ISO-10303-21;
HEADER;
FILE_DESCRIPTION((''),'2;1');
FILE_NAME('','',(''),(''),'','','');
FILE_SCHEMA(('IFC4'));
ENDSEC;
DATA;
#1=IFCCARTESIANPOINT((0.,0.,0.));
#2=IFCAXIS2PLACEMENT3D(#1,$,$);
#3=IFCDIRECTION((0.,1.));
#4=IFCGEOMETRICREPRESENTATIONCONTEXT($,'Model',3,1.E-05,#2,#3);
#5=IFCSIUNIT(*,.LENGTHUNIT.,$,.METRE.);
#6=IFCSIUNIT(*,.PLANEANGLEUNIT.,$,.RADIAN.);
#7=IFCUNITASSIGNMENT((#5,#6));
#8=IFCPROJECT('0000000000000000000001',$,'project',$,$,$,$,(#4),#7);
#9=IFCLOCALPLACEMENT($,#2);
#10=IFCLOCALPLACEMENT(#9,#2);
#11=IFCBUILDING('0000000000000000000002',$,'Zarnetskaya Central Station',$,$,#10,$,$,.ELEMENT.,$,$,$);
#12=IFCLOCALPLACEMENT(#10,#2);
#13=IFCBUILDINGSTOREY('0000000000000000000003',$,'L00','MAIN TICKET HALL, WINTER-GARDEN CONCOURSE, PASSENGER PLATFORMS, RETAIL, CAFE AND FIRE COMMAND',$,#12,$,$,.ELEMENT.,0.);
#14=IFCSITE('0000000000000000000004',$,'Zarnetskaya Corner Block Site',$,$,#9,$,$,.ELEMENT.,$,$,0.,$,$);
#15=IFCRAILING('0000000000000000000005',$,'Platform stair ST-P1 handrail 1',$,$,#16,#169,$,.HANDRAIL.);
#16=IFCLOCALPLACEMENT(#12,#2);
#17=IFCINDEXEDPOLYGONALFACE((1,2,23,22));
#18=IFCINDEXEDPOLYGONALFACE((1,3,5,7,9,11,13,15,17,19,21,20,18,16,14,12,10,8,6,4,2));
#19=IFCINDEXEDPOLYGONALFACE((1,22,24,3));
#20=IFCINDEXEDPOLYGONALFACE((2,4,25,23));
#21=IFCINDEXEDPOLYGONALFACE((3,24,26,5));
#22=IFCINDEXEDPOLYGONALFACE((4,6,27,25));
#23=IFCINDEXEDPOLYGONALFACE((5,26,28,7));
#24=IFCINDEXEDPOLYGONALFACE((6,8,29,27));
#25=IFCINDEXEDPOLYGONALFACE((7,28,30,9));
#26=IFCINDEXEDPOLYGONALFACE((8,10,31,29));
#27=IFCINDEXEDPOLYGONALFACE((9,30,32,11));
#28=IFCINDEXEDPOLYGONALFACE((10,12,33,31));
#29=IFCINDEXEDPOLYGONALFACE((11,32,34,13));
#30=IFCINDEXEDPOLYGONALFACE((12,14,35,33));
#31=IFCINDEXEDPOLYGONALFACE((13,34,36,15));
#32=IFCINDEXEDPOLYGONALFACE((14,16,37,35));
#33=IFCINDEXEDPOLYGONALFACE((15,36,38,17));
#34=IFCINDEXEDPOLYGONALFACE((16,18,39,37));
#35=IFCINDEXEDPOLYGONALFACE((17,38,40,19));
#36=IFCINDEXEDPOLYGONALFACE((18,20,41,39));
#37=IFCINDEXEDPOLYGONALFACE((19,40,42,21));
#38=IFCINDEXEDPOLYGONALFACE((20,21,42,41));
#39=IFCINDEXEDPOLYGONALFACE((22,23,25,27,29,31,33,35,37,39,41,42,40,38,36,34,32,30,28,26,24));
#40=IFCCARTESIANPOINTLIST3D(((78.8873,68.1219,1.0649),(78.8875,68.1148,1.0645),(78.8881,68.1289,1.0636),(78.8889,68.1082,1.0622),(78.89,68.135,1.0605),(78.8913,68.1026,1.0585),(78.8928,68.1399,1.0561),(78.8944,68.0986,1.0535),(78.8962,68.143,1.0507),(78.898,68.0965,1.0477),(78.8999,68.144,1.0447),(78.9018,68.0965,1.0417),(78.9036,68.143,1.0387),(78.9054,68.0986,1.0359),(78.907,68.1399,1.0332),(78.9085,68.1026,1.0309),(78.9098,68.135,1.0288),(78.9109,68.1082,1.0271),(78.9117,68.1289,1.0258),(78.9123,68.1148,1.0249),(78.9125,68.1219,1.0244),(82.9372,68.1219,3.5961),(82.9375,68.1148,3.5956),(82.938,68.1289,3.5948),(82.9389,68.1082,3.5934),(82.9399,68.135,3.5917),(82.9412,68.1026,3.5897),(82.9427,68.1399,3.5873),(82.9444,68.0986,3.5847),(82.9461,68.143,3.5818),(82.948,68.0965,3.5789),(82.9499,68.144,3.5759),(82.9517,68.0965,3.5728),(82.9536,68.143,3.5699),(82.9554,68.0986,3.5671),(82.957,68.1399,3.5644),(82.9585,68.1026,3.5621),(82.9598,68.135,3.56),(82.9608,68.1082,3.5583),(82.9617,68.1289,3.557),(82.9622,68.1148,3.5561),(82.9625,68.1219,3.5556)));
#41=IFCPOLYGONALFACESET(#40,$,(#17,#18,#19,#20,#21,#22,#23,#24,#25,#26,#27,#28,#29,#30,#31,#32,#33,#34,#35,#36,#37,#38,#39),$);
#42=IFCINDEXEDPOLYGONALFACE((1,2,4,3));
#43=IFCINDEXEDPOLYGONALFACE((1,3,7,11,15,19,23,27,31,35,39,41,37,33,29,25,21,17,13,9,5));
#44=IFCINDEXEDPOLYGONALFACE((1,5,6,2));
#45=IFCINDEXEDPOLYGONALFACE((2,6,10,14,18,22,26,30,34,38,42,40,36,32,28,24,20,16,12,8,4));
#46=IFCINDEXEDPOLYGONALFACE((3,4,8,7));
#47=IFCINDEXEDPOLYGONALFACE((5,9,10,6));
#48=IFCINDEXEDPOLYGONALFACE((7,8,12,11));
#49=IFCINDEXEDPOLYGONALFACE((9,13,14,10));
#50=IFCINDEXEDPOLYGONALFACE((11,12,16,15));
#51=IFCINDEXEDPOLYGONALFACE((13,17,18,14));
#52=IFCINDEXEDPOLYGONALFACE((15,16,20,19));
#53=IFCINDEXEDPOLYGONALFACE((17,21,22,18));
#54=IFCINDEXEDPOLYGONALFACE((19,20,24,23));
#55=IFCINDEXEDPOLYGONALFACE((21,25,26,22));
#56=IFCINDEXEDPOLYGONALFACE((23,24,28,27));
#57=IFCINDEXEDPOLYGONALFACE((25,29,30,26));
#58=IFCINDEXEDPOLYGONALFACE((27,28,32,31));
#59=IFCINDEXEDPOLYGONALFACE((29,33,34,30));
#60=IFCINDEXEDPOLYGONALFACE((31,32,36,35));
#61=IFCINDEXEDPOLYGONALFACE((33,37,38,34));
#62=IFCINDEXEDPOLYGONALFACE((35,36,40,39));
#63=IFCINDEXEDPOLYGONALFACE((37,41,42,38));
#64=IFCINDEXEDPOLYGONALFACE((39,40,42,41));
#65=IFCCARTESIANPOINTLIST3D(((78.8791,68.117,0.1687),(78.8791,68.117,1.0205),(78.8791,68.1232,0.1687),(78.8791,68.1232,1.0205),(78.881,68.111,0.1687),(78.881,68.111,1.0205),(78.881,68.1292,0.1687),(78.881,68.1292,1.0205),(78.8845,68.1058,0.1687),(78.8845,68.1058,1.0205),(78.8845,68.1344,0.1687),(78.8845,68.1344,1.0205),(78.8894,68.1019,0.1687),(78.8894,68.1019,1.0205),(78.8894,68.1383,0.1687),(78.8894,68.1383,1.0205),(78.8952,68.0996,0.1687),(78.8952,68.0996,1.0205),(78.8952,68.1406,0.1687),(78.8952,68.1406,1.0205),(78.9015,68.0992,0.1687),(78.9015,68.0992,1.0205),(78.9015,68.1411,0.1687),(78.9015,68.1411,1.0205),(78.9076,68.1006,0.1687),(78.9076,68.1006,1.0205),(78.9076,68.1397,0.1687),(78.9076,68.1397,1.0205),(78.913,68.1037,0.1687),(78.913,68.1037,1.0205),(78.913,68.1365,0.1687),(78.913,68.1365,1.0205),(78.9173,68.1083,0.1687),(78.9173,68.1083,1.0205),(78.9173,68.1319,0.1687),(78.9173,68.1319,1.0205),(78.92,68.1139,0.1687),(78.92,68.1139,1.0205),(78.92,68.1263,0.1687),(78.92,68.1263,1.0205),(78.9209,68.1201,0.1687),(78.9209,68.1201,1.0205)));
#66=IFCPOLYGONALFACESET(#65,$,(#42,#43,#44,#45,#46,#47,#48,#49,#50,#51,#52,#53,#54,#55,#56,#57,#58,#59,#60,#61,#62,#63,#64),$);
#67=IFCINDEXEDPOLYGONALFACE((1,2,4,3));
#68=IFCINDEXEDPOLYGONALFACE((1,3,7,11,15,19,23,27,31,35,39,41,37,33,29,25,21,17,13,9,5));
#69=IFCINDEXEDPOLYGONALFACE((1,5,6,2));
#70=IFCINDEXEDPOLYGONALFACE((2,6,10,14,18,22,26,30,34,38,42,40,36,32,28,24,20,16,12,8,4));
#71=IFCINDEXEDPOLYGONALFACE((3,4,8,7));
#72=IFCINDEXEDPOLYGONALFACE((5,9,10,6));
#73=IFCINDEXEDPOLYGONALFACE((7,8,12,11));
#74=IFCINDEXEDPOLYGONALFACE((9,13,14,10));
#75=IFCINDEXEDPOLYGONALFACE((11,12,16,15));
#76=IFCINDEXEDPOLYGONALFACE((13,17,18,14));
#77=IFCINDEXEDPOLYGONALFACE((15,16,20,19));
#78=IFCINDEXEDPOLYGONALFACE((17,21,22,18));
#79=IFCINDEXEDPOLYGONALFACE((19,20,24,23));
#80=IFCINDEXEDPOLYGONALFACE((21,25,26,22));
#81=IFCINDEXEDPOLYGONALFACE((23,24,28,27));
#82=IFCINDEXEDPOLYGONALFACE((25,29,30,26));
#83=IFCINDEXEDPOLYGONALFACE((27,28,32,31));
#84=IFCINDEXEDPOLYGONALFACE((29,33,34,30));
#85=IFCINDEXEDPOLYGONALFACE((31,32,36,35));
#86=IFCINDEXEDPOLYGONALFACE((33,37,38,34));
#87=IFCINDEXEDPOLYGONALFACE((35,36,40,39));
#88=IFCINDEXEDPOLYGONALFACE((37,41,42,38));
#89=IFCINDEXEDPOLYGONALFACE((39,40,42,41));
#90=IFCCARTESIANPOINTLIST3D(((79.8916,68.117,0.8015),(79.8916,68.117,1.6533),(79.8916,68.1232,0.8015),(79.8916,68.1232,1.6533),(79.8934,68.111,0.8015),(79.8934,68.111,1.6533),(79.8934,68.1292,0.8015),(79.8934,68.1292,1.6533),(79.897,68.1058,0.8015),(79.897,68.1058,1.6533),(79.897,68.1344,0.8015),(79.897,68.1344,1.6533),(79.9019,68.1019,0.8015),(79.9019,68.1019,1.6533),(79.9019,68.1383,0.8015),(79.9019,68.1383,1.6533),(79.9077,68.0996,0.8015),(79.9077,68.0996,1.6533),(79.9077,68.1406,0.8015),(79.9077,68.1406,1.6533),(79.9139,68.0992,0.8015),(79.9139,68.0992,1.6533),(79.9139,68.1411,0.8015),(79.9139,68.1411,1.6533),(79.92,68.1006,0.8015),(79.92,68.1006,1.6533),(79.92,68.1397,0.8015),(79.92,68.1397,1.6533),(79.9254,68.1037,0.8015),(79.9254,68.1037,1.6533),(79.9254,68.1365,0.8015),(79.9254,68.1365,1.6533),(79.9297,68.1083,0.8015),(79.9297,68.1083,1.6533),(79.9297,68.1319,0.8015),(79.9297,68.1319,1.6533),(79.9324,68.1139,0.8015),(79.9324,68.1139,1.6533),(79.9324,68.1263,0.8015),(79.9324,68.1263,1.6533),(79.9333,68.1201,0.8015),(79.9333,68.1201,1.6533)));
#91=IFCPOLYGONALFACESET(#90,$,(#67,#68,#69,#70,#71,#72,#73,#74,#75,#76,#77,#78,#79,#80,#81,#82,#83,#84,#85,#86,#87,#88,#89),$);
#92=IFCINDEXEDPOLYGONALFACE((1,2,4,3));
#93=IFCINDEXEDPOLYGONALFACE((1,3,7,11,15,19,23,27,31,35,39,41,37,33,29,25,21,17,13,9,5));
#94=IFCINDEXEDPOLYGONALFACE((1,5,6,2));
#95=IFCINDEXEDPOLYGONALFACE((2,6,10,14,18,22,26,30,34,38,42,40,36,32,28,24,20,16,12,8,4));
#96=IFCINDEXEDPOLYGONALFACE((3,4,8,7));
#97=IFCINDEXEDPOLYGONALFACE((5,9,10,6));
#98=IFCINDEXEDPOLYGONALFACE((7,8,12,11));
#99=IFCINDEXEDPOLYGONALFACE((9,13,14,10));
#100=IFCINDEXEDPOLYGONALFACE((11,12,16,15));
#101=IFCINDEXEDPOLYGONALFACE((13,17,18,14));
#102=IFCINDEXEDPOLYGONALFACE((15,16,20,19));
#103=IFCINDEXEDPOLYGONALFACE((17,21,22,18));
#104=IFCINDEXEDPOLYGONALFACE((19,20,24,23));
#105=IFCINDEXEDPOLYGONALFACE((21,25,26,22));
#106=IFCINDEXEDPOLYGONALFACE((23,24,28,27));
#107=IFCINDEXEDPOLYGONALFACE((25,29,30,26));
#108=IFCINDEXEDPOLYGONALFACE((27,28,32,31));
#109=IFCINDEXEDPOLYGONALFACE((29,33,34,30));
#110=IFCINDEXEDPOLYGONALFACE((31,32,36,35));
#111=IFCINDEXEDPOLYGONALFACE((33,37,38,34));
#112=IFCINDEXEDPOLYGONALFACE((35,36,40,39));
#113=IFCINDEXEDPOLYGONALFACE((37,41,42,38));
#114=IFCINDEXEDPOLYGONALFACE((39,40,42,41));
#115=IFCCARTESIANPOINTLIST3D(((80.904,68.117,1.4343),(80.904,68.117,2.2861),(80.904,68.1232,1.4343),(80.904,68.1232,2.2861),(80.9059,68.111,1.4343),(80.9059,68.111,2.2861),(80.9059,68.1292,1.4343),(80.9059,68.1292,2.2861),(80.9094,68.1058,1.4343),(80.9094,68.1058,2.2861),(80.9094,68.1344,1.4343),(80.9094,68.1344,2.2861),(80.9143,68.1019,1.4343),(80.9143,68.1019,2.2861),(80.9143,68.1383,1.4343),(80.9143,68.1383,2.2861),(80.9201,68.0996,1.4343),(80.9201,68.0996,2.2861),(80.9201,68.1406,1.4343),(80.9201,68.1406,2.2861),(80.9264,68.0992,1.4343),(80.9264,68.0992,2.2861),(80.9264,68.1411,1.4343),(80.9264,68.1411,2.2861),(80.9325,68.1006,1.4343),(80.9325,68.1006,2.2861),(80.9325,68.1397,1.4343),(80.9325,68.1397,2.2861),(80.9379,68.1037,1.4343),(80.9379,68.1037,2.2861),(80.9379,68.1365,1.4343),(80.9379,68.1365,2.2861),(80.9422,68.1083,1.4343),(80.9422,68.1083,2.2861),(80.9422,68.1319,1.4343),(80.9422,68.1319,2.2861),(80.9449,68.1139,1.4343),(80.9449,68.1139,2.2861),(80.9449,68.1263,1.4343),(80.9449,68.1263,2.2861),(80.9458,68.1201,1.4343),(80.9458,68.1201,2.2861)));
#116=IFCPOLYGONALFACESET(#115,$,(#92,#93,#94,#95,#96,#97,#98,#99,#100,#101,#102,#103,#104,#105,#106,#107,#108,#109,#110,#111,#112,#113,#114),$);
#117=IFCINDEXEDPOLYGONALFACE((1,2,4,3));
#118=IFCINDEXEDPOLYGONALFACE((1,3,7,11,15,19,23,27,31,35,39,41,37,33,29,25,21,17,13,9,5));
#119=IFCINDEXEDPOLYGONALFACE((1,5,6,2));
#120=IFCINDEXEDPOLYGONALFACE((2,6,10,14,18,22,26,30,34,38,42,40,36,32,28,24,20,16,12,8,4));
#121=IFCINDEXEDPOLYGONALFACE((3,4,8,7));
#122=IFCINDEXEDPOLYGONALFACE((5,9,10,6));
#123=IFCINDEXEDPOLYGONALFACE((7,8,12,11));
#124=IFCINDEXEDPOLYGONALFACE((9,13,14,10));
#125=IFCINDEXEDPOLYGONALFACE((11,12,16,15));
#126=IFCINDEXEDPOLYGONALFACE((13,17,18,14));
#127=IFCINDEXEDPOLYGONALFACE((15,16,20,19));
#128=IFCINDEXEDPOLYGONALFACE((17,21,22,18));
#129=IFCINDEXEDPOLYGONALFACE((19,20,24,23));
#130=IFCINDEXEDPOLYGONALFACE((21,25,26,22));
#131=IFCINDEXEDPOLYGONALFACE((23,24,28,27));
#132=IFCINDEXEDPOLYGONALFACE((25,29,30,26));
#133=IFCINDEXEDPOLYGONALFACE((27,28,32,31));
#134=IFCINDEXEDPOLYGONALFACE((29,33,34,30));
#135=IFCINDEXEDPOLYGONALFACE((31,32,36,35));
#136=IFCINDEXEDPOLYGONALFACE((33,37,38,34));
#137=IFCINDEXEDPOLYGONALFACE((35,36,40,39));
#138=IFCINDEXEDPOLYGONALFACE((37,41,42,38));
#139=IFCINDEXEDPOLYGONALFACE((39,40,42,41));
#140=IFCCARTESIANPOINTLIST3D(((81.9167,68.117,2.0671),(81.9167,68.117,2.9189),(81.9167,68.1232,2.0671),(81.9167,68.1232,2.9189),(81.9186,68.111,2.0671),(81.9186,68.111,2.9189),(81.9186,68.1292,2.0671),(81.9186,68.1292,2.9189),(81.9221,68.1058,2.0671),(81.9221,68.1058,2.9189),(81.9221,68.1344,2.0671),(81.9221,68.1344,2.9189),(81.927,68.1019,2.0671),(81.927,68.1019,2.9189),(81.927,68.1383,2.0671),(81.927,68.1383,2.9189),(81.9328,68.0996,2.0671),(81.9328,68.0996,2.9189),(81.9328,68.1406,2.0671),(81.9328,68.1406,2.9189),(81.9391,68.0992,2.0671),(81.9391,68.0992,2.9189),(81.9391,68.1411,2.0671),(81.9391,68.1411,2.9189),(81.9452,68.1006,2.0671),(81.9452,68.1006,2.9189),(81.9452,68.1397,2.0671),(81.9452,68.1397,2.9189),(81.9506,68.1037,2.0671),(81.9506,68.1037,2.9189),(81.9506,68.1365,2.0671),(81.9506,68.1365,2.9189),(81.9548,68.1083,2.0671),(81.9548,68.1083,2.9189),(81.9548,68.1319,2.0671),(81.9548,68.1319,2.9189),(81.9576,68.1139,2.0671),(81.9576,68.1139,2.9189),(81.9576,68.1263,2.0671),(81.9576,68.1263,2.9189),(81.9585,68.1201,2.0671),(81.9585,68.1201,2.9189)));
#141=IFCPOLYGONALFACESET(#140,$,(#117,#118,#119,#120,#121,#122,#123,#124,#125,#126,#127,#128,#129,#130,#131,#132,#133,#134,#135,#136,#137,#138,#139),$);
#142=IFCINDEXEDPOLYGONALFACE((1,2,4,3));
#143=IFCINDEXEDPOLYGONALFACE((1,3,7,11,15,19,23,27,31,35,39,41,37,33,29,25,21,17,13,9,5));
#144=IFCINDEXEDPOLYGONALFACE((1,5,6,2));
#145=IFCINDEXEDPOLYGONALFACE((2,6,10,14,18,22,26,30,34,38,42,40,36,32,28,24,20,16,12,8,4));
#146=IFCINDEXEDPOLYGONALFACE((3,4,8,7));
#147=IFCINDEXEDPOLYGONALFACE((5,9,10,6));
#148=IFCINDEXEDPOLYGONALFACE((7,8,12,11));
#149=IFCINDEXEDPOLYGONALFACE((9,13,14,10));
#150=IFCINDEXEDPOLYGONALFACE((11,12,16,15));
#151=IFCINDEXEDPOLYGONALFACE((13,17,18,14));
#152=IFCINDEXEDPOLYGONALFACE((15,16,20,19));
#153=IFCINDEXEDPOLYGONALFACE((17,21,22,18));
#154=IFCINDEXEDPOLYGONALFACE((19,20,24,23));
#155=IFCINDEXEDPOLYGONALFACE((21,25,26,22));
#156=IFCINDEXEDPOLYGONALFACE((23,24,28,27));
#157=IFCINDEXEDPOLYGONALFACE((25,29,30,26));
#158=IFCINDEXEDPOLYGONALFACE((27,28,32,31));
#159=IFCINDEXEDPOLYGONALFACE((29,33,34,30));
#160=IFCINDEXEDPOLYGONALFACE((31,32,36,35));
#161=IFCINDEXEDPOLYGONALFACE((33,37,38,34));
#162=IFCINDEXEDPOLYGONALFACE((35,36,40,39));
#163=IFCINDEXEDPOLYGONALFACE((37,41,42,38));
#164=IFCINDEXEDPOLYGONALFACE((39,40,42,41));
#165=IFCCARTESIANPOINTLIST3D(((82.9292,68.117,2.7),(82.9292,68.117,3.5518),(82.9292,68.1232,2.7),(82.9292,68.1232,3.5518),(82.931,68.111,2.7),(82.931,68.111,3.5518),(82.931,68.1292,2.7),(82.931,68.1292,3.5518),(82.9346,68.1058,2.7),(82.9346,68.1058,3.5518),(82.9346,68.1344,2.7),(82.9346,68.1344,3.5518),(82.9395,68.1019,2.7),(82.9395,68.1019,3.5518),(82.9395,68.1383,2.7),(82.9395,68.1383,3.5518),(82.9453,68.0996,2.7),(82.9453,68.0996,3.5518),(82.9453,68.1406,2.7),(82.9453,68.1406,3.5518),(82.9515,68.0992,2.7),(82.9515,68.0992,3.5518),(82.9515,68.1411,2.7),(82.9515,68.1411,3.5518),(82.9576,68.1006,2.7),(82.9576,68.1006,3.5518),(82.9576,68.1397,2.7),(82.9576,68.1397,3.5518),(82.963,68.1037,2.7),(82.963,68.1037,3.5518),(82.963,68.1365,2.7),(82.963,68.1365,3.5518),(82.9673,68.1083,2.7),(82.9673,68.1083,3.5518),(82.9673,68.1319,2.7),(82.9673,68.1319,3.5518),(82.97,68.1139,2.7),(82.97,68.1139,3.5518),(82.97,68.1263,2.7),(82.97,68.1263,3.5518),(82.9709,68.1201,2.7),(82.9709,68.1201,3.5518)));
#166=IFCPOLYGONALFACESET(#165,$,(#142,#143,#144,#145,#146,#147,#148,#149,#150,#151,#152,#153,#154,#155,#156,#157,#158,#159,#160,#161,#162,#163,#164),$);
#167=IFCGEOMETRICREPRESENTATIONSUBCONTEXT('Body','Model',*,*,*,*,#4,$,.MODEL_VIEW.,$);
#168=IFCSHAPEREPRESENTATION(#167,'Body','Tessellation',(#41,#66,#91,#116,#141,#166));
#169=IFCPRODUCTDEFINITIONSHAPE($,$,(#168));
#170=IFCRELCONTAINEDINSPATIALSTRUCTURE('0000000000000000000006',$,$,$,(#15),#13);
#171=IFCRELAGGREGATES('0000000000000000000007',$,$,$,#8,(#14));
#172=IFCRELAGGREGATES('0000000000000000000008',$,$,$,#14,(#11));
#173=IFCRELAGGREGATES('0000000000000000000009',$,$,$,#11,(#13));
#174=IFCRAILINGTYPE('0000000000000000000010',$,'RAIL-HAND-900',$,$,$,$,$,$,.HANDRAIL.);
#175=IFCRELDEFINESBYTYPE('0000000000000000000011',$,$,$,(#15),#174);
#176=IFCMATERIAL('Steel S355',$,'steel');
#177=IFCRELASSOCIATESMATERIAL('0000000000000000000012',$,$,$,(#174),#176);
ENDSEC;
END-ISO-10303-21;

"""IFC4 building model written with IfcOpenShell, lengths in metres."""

from ifc_helpers import new_model, si_unit, direction, frame, origin, origin_2d, place, context, subcontext, project, spatial, circle, extrude, material, type_object, element, save


model = new_model("IFC4")

# Units and contexts
model_context = context("Model", 3, precision=1e-05, world=origin(), true_north=direction((0.0, 1.0)))
body_context = subcontext(model_context, "Body", "Model", "MODEL_VIEW")
ifc_project = project(units=[si_unit("LENGTHUNIT", "METRE"), si_unit("PLANEANGLEUNIT", "RADIAN")], contexts=[model_context])

# Site, building, storey
site_placement = place(None, origin())
site = spatial("IfcSite", under=ifc_project, at=site_placement, Name="Zarnetskaya Corner Block Site", CompositionType="ELEMENT", RefElevation=0.0)
building_placement = place(site_placement, origin())
building = spatial("IfcBuilding", under=site, at=building_placement, Name="Zarnetskaya Central Station", CompositionType="ELEMENT")
storey_placement = place(building_placement, origin())
storey = spatial("IfcBuildingStorey", under=building, at=storey_placement, Name="L00", Description="MAIN TICKET HALL, WINTER-GARDEN CONCOURSE, PASSENGER PLATFORMS, RETAIL, CAFE AND FIRE COMMAND", CompositionType="ELEMENT", Elevation=0.0)

# Shared definitions
ifc_material_1 = material(Name="Steel S355", Category="steel")

# Railing
railing_type_1 = type_object("IfcRailingType", Name="RAIL-HAND-900", PredefinedType="HANDRAIL", material=ifc_material_1)
railing_1_placement = place(storey_placement, frame((78.8999, 68.1201, 0.1687)))
element("IfcRailing", 1, at=railing_1_placement, inside=storey, type_object=railing_type_1, Name="Platform stair ST-P1 handrail 1", PredefinedType="HANDRAIL", context=body_context, shape_type="SweptSolid", body=[
    extrude(circle(Radius=0.0239, at=origin_2d()), frame((0.0, 0.0, 0.876), z_axis=(0.848001, 0.0, 0.529994), x_axis=(0.0, 1.0, 0.0)), (0.0, 0.0, 1.0), 4.7759),
    extrude(circle(Radius=0.021, at=origin_2d()), origin(), (0.0, 0.0, 1.0), 0.8518),
    extrude(circle(Radius=0.021, at=origin_2d()), frame((1.0125, 0.0, 0.6328)), (0.0, 0.0, 1.0), 0.8518),
    extrude(circle(Radius=0.021, at=origin_2d()), frame((2.0249, 0.0, 1.2656)), (0.0, 0.0, 1.0), 0.8518),
    extrude(circle(Radius=0.021, at=origin_2d()), frame((3.0376, 0.0, 1.8984)), (0.0, 0.0, 1.0), 0.8518),
    extrude(circle(Radius=0.021, at=origin_2d()), frame((4.05, 0.0, 2.5312)), (0.0, 0.0, 1.0), 0.8518),
])

save(model, "model.ifc")
